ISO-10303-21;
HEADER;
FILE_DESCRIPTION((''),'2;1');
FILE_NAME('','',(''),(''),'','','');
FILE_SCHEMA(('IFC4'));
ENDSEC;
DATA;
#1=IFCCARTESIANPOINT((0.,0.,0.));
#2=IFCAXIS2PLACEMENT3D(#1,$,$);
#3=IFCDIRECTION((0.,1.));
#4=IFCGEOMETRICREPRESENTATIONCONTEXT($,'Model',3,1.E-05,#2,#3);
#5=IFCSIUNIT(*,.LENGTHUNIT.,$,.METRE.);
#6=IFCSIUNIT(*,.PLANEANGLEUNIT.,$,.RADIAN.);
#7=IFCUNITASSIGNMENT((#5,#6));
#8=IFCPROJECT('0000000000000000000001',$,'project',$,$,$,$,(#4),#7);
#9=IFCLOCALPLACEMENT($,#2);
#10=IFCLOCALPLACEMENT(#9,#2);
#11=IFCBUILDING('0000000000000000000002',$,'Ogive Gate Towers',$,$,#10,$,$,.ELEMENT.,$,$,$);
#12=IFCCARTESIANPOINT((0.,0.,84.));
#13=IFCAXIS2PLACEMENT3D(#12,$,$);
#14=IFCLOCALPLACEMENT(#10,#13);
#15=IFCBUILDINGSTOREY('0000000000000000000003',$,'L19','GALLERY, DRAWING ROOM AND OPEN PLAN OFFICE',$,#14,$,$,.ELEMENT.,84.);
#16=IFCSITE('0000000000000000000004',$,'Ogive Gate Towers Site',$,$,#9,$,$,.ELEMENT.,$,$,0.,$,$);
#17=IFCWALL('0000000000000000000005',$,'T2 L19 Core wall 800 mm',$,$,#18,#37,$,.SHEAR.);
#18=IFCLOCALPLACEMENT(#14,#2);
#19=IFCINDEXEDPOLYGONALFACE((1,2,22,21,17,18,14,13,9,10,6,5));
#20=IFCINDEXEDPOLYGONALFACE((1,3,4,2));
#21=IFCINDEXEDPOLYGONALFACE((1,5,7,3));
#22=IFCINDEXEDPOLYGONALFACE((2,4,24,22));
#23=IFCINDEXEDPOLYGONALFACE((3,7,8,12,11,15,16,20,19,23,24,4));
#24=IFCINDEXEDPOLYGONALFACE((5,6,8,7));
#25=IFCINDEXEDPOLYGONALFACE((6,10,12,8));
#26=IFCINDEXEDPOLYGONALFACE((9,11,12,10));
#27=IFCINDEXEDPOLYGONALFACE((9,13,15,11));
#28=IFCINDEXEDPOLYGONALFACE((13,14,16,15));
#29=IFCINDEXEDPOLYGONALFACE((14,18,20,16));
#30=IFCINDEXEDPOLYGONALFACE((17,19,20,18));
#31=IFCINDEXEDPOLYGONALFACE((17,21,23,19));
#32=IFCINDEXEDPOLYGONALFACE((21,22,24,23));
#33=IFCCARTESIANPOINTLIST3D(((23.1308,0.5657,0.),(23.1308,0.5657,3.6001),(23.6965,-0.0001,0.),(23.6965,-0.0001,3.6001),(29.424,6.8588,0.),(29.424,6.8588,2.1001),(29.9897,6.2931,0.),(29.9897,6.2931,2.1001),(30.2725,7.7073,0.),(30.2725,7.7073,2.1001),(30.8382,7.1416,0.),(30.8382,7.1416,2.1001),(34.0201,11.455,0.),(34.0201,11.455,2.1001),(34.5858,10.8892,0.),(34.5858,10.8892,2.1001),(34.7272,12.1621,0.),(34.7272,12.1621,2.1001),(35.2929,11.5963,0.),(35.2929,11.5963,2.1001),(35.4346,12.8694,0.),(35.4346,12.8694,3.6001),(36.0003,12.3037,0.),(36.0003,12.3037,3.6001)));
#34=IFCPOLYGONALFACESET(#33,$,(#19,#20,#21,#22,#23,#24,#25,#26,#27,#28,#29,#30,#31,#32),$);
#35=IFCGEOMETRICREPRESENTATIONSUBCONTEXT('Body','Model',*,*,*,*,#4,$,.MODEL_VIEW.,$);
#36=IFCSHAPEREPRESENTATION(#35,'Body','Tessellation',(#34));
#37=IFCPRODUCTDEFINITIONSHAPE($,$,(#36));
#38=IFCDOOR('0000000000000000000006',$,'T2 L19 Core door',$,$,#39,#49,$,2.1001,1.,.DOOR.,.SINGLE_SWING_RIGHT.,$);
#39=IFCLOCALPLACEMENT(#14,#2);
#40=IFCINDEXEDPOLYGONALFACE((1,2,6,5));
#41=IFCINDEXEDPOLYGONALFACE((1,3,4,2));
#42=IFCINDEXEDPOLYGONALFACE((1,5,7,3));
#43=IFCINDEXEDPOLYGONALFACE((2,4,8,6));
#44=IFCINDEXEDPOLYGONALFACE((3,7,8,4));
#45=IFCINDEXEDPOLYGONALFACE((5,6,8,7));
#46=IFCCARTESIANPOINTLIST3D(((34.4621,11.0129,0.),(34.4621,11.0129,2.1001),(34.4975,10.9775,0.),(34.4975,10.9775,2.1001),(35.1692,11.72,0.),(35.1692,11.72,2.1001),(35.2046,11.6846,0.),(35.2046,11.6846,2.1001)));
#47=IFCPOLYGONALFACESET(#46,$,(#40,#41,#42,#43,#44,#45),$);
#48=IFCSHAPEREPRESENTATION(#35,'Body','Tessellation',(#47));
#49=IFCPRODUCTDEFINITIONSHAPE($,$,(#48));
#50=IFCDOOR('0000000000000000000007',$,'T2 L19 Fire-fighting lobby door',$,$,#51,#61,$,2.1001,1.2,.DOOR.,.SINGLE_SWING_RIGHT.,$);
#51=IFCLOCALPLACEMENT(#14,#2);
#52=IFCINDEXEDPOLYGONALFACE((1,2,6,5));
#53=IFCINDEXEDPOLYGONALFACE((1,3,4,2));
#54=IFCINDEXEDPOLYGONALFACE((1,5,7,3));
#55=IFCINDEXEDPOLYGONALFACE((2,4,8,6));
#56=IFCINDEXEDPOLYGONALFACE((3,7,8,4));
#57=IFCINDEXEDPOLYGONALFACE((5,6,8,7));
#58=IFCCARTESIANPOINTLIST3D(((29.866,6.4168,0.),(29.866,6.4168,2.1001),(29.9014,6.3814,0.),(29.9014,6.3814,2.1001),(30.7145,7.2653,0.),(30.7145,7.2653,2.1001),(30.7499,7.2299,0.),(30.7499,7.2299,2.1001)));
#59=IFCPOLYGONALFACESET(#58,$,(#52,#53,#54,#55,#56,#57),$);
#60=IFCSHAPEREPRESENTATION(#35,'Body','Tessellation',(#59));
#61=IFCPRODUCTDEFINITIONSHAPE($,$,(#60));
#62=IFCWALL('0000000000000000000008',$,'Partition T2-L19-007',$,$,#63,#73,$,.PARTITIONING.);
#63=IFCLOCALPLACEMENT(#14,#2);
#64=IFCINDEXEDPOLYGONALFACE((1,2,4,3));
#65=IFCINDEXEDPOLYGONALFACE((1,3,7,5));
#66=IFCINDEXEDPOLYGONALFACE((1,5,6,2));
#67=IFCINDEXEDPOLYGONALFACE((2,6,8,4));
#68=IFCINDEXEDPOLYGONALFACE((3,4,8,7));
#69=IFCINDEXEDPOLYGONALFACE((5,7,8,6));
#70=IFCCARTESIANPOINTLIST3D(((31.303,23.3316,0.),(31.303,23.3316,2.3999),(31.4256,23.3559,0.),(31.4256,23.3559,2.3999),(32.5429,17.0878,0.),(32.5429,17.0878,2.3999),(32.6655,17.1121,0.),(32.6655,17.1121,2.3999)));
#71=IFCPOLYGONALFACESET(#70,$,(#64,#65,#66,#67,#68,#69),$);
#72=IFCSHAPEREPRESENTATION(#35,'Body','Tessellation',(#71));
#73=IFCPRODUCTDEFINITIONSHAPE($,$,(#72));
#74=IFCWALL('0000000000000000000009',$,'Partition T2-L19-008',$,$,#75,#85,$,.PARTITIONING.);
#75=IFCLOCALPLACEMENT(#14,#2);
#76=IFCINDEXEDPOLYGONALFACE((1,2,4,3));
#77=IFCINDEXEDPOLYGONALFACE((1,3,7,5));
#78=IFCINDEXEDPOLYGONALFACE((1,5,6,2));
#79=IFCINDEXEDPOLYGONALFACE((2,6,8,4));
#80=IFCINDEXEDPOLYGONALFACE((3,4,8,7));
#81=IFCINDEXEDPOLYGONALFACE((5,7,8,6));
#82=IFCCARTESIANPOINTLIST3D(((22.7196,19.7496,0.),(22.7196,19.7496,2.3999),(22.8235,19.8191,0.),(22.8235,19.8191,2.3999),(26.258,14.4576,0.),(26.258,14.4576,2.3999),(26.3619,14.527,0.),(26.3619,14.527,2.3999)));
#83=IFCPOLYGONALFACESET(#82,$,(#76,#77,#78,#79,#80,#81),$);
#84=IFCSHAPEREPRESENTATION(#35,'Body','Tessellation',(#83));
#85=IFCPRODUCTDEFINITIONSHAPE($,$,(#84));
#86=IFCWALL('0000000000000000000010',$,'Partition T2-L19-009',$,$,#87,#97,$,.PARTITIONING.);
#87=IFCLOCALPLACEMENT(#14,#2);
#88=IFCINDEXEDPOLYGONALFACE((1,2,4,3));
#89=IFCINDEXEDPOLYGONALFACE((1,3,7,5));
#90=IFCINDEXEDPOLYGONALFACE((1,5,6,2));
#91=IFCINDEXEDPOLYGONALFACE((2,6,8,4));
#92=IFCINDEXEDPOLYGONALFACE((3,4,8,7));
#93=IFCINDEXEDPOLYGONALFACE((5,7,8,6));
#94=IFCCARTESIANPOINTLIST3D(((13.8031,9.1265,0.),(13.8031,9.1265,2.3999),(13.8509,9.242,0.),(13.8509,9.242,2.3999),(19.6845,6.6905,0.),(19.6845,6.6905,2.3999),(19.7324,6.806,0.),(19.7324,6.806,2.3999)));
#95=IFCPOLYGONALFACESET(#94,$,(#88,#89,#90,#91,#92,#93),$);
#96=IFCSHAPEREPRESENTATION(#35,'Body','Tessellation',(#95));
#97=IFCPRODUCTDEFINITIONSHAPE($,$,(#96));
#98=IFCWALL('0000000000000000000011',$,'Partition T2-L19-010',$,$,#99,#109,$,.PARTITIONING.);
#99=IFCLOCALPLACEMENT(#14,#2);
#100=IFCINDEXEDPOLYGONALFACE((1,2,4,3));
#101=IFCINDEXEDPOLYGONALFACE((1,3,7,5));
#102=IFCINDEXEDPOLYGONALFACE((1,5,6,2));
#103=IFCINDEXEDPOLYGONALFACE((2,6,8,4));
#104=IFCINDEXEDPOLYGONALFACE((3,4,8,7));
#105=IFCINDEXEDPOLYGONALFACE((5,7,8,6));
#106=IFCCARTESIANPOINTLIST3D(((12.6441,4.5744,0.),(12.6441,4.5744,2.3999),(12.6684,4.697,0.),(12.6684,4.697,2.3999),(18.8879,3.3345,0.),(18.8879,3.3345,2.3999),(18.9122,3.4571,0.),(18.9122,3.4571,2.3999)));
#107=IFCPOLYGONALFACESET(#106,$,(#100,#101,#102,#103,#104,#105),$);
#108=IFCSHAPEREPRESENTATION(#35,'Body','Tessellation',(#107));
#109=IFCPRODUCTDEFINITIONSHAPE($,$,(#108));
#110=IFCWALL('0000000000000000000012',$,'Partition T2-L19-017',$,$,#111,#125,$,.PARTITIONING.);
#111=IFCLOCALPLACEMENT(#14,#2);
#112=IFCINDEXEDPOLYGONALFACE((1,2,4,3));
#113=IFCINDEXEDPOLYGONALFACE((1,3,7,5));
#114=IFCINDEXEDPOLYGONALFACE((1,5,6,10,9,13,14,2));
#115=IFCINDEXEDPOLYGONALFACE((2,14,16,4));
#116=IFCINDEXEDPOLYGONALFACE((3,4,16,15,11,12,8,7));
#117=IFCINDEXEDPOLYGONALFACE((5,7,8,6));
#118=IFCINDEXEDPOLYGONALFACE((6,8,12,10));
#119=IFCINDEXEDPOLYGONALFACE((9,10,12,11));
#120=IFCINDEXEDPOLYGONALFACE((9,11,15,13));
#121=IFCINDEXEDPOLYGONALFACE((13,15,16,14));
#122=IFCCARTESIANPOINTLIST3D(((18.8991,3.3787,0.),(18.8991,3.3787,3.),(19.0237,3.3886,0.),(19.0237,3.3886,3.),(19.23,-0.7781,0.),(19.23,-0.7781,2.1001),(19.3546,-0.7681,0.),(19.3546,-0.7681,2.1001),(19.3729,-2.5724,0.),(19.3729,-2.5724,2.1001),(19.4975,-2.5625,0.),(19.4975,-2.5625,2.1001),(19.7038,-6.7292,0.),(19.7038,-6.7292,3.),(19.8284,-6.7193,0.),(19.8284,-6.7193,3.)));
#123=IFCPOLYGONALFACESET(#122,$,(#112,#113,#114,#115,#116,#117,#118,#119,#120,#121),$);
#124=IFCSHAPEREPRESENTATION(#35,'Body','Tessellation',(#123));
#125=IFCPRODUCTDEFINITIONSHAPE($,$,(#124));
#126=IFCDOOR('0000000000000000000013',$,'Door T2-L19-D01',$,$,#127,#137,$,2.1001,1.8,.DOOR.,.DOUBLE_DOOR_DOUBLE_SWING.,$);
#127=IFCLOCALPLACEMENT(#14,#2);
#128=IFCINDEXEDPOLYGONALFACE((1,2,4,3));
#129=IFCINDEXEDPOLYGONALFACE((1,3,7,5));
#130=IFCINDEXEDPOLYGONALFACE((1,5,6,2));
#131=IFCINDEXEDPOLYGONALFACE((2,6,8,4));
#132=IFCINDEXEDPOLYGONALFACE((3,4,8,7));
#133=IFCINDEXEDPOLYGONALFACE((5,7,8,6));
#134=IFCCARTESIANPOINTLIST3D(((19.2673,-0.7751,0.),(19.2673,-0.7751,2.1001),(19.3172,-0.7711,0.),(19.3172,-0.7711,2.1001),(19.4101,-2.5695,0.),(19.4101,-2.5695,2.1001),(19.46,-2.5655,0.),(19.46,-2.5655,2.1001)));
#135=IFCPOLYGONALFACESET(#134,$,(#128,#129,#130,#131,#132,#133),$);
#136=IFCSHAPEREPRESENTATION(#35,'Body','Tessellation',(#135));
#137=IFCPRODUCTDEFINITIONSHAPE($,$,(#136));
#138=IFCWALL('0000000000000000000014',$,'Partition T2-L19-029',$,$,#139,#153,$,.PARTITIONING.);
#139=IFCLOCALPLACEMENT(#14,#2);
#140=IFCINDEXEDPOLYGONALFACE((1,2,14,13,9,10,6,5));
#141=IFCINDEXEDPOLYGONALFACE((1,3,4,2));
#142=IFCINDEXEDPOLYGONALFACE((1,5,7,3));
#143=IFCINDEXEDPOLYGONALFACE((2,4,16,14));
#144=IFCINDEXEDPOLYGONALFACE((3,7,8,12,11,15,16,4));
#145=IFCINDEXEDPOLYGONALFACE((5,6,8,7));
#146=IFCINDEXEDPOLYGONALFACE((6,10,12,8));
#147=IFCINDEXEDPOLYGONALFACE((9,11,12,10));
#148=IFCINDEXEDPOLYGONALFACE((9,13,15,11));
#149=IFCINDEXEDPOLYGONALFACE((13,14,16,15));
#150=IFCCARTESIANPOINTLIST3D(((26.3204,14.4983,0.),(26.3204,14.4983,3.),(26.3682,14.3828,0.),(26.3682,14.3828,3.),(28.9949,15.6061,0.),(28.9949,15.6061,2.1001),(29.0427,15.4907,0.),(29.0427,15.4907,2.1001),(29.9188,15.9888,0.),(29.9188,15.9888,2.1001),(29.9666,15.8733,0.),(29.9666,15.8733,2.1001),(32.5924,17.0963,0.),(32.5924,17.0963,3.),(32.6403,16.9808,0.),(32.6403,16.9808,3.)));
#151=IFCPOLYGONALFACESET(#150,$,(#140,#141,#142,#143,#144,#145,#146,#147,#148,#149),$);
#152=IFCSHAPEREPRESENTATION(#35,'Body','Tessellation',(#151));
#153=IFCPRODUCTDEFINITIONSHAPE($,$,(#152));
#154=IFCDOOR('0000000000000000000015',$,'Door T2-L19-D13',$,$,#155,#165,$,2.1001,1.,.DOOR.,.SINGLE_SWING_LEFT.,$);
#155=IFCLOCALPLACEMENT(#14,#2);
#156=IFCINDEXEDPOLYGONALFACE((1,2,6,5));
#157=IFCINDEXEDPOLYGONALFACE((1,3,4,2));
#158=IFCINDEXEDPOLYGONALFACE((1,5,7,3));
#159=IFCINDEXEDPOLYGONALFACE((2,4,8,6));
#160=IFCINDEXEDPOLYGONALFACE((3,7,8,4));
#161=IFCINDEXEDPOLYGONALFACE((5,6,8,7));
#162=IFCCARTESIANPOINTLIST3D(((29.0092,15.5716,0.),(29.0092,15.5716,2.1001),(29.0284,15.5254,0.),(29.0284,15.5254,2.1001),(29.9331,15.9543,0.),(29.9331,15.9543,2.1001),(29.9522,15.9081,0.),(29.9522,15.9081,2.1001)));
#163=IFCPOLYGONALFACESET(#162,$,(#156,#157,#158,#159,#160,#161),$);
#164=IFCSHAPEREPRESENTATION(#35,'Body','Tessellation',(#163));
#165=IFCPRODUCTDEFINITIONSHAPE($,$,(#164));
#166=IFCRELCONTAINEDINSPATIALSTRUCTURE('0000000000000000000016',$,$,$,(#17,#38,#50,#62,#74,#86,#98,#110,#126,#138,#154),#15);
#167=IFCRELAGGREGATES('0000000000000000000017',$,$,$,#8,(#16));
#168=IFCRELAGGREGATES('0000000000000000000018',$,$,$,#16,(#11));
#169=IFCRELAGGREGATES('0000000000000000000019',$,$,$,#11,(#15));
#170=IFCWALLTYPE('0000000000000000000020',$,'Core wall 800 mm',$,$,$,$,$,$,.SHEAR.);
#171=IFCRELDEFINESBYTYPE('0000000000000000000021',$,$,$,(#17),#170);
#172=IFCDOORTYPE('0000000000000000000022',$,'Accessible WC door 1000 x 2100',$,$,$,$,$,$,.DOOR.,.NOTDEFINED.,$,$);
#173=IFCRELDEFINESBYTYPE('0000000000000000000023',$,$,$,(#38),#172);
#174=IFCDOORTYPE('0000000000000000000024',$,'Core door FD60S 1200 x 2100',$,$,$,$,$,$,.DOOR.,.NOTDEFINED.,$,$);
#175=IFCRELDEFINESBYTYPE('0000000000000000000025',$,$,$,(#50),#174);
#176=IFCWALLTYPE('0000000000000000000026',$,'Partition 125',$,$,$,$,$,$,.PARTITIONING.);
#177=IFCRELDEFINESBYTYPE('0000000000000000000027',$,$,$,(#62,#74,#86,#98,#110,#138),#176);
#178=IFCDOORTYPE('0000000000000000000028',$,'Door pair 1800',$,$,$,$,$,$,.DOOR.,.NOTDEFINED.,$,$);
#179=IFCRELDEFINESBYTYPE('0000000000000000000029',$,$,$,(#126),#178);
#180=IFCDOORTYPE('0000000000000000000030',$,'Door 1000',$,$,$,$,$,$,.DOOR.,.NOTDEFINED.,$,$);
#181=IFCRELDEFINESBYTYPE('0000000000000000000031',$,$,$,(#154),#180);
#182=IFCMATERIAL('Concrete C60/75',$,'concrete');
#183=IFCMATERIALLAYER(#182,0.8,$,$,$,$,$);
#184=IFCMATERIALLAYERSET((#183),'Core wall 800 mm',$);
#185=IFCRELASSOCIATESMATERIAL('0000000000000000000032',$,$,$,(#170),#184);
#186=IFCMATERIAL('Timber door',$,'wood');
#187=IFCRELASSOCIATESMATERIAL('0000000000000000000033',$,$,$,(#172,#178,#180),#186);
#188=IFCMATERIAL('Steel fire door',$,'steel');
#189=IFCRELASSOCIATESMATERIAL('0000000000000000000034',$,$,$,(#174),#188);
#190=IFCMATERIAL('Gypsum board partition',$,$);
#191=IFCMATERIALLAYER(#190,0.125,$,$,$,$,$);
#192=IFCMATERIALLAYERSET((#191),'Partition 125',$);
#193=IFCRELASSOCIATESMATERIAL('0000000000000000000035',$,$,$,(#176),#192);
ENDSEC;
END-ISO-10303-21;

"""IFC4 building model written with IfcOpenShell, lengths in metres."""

from ifc_helpers import new_model, si_unit, direction, frame, frame_2d, origin, place, context, subcontext, project, spatial, rectangle, extrude, material, layer, layer_set, type_object, element, fill, save


model = new_model("IFC4")

# Units and contexts
model_context = context("Model", 3, precision=1e-05, world=origin(), true_north=direction((0.0, 1.0)))
body_context = subcontext(model_context, "Body", "Model", "MODEL_VIEW")
ifc_project = project(units=[si_unit("LENGTHUNIT", "METRE"), si_unit("PLANEANGLEUNIT", "RADIAN")], contexts=[model_context])

# Site, building, storey
site_placement = place(None, origin())
site = spatial("IfcSite", under=ifc_project, at=site_placement, Name="Ogive Gate Towers Site", CompositionType="ELEMENT", RefElevation=0.0)
building_placement = place(site_placement, origin())
building = spatial("IfcBuilding", under=site, at=building_placement, Name="Ogive Gate Towers", CompositionType="ELEMENT")
storey_placement = place(building_placement, frame((0.0, 0.0, 84.0)))
storey = spatial("IfcBuildingStorey", under=building, at=storey_placement, Name="L19", Description="GALLERY, DRAWING ROOM AND OPEN PLAN OFFICE", CompositionType="ELEMENT", Elevation=84.0)

# Wall, openings, doors
ifc_material_1 = material(Name="Concrete C60/75", Category="concrete")
ifc_layer_1 = layer(ifc_material_1, 0.8)
ifc_layer_set_1 = layer_set([ifc_layer_1], Name="Core wall 800 mm")
wall_type_1 = type_object("IfcWallType", Name="Core wall 800 mm", PredefinedType="SHEAR", material=ifc_layer_set_1)
wall_1_placement = place(storey_placement, frame((23.4136, 0.2827, 0.0), z_axis=(0.0, 0.0, 1.0), x_axis=(0.707107, 0.707107, 0.0)))
wall_1 = element("IfcWall", 1, at=wall_1_placement, inside=storey, type_object=wall_type_1, Name="T2 L19 Core wall 800 mm", PredefinedType="SHEAR", context=body_context, shape_type="SweptSolid", body=[
    extrude(rectangle(XDim=17.4001, YDim=0.8, at=frame_2d((8.7002, 0.0))), origin(), (0.0, 0.0, 1.0), 3.6001),
])
opening_1_placement = place(wall_1_placement, frame((8.8999, 0.0, 0.0)))
opening_1 = element("IfcOpeningElement", 2, at=opening_1_placement, cuts=wall_1, PredefinedType="OPENING", context=body_context, shape_type="SweptSolid", body=[
    extrude(rectangle(XDim=1.2, YDim=2.1001, at=frame_2d((0.6001, 1.05))), frame((0.0, 0.4102, 0.0), z_axis=(0.0, -1.0, 0.0), x_axis=(1.0, 0.0, 0.0)), (0.0, 0.0, 1.0), 0.8201),
])
opening_2_placement = place(wall_1_placement, frame((15.3999, 0.0, 0.0)))
opening_2 = element("IfcOpeningElement", 3, at=opening_2_placement, cuts=wall_1, PredefinedType="OPENING", context=body_context, shape_type="SweptSolid", body=[
    extrude(rectangle(XDim=1.0, YDim=2.1001, at=frame_2d((0.5, 1.05))), frame((0.0, 0.4102, 0.0), z_axis=(0.0, -1.0, 0.0), x_axis=(1.0, 0.0, 0.0)), (0.0, 0.0, 1.0), 0.8201),
])
ifc_material_2 = material(Name="Timber door", Category="wood")
door_type_1 = type_object("IfcDoorType", Name="Accessible WC door 1000 x 2100", OperationType="NOTDEFINED", PredefinedType="DOOR", material=ifc_material_2)
door_1_placement = place(opening_2_placement, origin())
door_1 = element("IfcDoor", 4, at=door_1_placement, inside=storey, type_object=door_type_1, Name="T2 L19 Core door", OperationType="SINGLE_SWING_RIGHT", OverallHeight=2.1001, OverallWidth=1.0, PredefinedType="DOOR", context=body_context, shape_type="SweptSolid", body=[
    extrude(rectangle(XDim=1.0, YDim=2.1001, at=frame_2d((0.5, 1.05))), frame((0.0, -0.2251, 0.0), z_axis=(0.0, -1.0, 0.0), x_axis=(1.0, 0.0, 0.0)), (0.0, 0.0, 1.0), 0.05),
])
fill(opening_2, door_1)
ifc_material_3 = material(Name="Steel fire door", Category="steel")
door_type_2 = type_object("IfcDoorType", Name="Core door FD60S 1200 x 2100", OperationType="NOTDEFINED", PredefinedType="DOOR", material=ifc_material_3)
door_2_placement = place(opening_1_placement, origin())
door_2 = element("IfcDoor", 5, at=door_2_placement, inside=storey, type_object=door_type_2, Name="T2 L19 Fire-fighting lobby door", OperationType="SINGLE_SWING_RIGHT", OverallHeight=2.1001, OverallWidth=1.2, PredefinedType="DOOR", context=body_context, shape_type="SweptSolid", body=[
    extrude(rectangle(XDim=1.2, YDim=2.1001, at=frame_2d((0.6001, 1.05))), frame((0.0, -0.2251, 0.0), z_axis=(0.0, -1.0, 0.0), x_axis=(1.0, 0.0, 0.0)), (0.0, 0.0, 1.0), 0.05),
])
fill(opening_1, door_2)

# Walls
ifc_material_4 = material(Name="Gypsum board partition")
ifc_layer_2 = layer(ifc_material_4, 0.125)
ifc_layer_set_2 = layer_set([ifc_layer_2], Name="Partition 125")
wall_type_2 = type_object("IfcWallType", Name="Partition 125", PredefinedType="PARTITIONING", material=ifc_layer_set_2)
wall_2_placement = place(storey_placement, frame((31.3643, 23.3438, 0.0), z_axis=(0.0, 0.0, 1.0), x_axis=(0.194788, -0.980845, 0.0)))
element("IfcWall", 6, at=wall_2_placement, inside=storey, type_object=wall_type_2, Name="Partition T2-L19-007", PredefinedType="PARTITIONING", context=body_context, shape_type="SweptSolid", body=[
    extrude(rectangle(XDim=6.3657, YDim=0.125, at=frame_2d((3.1829, 0.0))), origin(), (0.0, 0.0, 1.0), 2.3999),
])
for number, where, z_axis, x_axis, name in (
    (7, (22.7715, 19.7844, 0.0), (0.0, 0.0, 1.0), (0.555824, -0.8313, 0.0), "Partition T2-L19-008"),
    (8, (13.8269, 9.1843, 0.0), (0.0, 0.0, 1.0), (0.923885, -0.38267, 0.0), "Partition T2-L19-009"),
):
    element("IfcWall", number, at=place(storey_placement, frame(where, z_axis=z_axis, x_axis=x_axis)), inside=storey, type_object=wall_type_2, Name=name, PredefinedType="PARTITIONING", context=body_context, shape_type="SweptSolid", body=[
        extrude(rectangle(XDim=6.366, YDim=0.125, at=frame_2d((3.1831, 0.0))), origin(), (0.0, 0.0, 1.0), 2.3999),
    ])
wall_3_placement = place(storey_placement, frame((12.6562, 4.6357, 0.0), z_axis=(0.0, 0.0, 1.0), x_axis=(0.980845, -0.194788, 0.0)))
element("IfcWall", 9, at=wall_3_placement, inside=storey, type_object=wall_type_2, Name="Partition T2-L19-010", PredefinedType="PARTITIONING", context=body_context, shape_type="SweptSolid", body=[
    extrude(rectangle(XDim=6.3657, YDim=0.125, at=frame_2d((3.1829, 0.0))), origin(), (0.0, 0.0, 1.0), 2.3999),
])

# Walls, openings, doors
wall_4_placement = place(storey_placement, frame((18.9614, 3.3835, 0.0), z_axis=(0.0, 0.0, 1.0), x_axis=(0.079359, -0.996846, 0.0)))
wall_4 = element("IfcWall", 10, at=wall_4_placement, inside=storey, type_object=wall_type_2, Name="Partition T2-L19-017", PredefinedType="PARTITIONING", context=body_context, shape_type="SweptSolid", body=[
    extrude(rectangle(XDim=10.1399, YDim=0.125, at=frame_2d((5.0698, 0.0))), origin(), (0.0, 0.0, 1.0), 3.0),
])
opening_3_placement = place(wall_4_placement, frame((4.1699, 0.0, 0.0)))
opening_3 = element("IfcOpeningElement", 11, at=opening_3_placement, cuts=wall_4, PredefinedType="OPENING", context=body_context, shape_type="SweptSolid", body=[
    extrude(rectangle(XDim=1.8, YDim=2.1001, at=frame_2d((0.8999, 1.05))), frame((0.0, 0.0725, 0.0), z_axis=(0.0, -1.0, 0.0), x_axis=(1.0, 0.0, 0.0)), (0.0, 0.0, 1.0), 0.145),
])
door_type_3 = type_object("IfcDoorType", Name="Door pair 1800", OperationType="NOTDEFINED", PredefinedType="DOOR", material=ifc_material_2)
door_3_placement = place(opening_3_placement, origin())
door_3 = element("IfcDoor", 12, at=door_3_placement, inside=storey, type_object=door_type_3, Name="Door T2-L19-D01", OperationType="DOUBLE_DOOR_DOUBLE_SWING", OverallHeight=2.1001, OverallWidth=1.8, PredefinedType="DOOR", context=body_context, shape_type="SweptSolid", body=[
    extrude(rectangle(XDim=1.8, YDim=2.1001, at=frame_2d((0.8999, 1.05))), frame((0.0, 0.0249, 0.0), z_axis=(0.0, -1.0, 0.0), x_axis=(1.0, 0.0, 0.0)), (0.0, 0.0, 1.0), 0.05),
])
fill(opening_3, door_3)
wall_5_placement = place(storey_placement, frame((32.6165, 17.0386, 0.0), z_axis=(0.0, 0.0, 1.0), x_axis=(-0.923881, -0.382679, 0.0)))
wall_5 = element("IfcWall", 13, at=wall_5_placement, inside=storey, type_object=wall_type_2, Name="Partition T2-L19-029", PredefinedType="PARTITIONING", context=body_context, shape_type="SweptSolid", body=[
    extrude(rectangle(XDim=6.7888, YDim=0.125, at=frame_2d((3.3945, 0.0))), origin(), (0.0, 0.0, 1.0), 3.0),
])
opening_4_placement = place(wall_5_placement, frame((2.894, 0.0, 0.0)))
opening_4 = element("IfcOpeningElement", 14, at=opening_4_placement, cuts=wall_5, PredefinedType="OPENING", context=body_context, shape_type="SweptSolid", body=[
    extrude(rectangle(XDim=1.0, YDim=2.1001, at=frame_2d((0.5, 1.05))), frame((0.0, 0.0725, 0.0), z_axis=(0.0, -1.0, 0.0), x_axis=(1.0, 0.0, 0.0)), (0.0, 0.0, 1.0), 0.145),
])
door_type_4 = type_object("IfcDoorType", Name="Door 1000", OperationType="NOTDEFINED", PredefinedType="DOOR", material=ifc_material_2)
door_4_placement = place(opening_4_placement, origin())
door_4 = element("IfcDoor", 15, at=door_4_placement, inside=storey, type_object=door_type_4, Name="Door T2-L19-D13", OperationType="SINGLE_SWING_LEFT", OverallHeight=2.1001, OverallWidth=1.0, PredefinedType="DOOR", context=body_context, shape_type="SweptSolid", body=[
    extrude(rectangle(XDim=1.0, YDim=2.1001, at=frame_2d((0.5, 1.05))), frame((0.0, 0.0249, 0.0), z_axis=(0.0, -1.0, 0.0), x_axis=(1.0, 0.0, 0.0)), (0.0, 0.0, 1.0), 0.05),
])
fill(opening_4, door_4)

save(model, "model.ifc")
